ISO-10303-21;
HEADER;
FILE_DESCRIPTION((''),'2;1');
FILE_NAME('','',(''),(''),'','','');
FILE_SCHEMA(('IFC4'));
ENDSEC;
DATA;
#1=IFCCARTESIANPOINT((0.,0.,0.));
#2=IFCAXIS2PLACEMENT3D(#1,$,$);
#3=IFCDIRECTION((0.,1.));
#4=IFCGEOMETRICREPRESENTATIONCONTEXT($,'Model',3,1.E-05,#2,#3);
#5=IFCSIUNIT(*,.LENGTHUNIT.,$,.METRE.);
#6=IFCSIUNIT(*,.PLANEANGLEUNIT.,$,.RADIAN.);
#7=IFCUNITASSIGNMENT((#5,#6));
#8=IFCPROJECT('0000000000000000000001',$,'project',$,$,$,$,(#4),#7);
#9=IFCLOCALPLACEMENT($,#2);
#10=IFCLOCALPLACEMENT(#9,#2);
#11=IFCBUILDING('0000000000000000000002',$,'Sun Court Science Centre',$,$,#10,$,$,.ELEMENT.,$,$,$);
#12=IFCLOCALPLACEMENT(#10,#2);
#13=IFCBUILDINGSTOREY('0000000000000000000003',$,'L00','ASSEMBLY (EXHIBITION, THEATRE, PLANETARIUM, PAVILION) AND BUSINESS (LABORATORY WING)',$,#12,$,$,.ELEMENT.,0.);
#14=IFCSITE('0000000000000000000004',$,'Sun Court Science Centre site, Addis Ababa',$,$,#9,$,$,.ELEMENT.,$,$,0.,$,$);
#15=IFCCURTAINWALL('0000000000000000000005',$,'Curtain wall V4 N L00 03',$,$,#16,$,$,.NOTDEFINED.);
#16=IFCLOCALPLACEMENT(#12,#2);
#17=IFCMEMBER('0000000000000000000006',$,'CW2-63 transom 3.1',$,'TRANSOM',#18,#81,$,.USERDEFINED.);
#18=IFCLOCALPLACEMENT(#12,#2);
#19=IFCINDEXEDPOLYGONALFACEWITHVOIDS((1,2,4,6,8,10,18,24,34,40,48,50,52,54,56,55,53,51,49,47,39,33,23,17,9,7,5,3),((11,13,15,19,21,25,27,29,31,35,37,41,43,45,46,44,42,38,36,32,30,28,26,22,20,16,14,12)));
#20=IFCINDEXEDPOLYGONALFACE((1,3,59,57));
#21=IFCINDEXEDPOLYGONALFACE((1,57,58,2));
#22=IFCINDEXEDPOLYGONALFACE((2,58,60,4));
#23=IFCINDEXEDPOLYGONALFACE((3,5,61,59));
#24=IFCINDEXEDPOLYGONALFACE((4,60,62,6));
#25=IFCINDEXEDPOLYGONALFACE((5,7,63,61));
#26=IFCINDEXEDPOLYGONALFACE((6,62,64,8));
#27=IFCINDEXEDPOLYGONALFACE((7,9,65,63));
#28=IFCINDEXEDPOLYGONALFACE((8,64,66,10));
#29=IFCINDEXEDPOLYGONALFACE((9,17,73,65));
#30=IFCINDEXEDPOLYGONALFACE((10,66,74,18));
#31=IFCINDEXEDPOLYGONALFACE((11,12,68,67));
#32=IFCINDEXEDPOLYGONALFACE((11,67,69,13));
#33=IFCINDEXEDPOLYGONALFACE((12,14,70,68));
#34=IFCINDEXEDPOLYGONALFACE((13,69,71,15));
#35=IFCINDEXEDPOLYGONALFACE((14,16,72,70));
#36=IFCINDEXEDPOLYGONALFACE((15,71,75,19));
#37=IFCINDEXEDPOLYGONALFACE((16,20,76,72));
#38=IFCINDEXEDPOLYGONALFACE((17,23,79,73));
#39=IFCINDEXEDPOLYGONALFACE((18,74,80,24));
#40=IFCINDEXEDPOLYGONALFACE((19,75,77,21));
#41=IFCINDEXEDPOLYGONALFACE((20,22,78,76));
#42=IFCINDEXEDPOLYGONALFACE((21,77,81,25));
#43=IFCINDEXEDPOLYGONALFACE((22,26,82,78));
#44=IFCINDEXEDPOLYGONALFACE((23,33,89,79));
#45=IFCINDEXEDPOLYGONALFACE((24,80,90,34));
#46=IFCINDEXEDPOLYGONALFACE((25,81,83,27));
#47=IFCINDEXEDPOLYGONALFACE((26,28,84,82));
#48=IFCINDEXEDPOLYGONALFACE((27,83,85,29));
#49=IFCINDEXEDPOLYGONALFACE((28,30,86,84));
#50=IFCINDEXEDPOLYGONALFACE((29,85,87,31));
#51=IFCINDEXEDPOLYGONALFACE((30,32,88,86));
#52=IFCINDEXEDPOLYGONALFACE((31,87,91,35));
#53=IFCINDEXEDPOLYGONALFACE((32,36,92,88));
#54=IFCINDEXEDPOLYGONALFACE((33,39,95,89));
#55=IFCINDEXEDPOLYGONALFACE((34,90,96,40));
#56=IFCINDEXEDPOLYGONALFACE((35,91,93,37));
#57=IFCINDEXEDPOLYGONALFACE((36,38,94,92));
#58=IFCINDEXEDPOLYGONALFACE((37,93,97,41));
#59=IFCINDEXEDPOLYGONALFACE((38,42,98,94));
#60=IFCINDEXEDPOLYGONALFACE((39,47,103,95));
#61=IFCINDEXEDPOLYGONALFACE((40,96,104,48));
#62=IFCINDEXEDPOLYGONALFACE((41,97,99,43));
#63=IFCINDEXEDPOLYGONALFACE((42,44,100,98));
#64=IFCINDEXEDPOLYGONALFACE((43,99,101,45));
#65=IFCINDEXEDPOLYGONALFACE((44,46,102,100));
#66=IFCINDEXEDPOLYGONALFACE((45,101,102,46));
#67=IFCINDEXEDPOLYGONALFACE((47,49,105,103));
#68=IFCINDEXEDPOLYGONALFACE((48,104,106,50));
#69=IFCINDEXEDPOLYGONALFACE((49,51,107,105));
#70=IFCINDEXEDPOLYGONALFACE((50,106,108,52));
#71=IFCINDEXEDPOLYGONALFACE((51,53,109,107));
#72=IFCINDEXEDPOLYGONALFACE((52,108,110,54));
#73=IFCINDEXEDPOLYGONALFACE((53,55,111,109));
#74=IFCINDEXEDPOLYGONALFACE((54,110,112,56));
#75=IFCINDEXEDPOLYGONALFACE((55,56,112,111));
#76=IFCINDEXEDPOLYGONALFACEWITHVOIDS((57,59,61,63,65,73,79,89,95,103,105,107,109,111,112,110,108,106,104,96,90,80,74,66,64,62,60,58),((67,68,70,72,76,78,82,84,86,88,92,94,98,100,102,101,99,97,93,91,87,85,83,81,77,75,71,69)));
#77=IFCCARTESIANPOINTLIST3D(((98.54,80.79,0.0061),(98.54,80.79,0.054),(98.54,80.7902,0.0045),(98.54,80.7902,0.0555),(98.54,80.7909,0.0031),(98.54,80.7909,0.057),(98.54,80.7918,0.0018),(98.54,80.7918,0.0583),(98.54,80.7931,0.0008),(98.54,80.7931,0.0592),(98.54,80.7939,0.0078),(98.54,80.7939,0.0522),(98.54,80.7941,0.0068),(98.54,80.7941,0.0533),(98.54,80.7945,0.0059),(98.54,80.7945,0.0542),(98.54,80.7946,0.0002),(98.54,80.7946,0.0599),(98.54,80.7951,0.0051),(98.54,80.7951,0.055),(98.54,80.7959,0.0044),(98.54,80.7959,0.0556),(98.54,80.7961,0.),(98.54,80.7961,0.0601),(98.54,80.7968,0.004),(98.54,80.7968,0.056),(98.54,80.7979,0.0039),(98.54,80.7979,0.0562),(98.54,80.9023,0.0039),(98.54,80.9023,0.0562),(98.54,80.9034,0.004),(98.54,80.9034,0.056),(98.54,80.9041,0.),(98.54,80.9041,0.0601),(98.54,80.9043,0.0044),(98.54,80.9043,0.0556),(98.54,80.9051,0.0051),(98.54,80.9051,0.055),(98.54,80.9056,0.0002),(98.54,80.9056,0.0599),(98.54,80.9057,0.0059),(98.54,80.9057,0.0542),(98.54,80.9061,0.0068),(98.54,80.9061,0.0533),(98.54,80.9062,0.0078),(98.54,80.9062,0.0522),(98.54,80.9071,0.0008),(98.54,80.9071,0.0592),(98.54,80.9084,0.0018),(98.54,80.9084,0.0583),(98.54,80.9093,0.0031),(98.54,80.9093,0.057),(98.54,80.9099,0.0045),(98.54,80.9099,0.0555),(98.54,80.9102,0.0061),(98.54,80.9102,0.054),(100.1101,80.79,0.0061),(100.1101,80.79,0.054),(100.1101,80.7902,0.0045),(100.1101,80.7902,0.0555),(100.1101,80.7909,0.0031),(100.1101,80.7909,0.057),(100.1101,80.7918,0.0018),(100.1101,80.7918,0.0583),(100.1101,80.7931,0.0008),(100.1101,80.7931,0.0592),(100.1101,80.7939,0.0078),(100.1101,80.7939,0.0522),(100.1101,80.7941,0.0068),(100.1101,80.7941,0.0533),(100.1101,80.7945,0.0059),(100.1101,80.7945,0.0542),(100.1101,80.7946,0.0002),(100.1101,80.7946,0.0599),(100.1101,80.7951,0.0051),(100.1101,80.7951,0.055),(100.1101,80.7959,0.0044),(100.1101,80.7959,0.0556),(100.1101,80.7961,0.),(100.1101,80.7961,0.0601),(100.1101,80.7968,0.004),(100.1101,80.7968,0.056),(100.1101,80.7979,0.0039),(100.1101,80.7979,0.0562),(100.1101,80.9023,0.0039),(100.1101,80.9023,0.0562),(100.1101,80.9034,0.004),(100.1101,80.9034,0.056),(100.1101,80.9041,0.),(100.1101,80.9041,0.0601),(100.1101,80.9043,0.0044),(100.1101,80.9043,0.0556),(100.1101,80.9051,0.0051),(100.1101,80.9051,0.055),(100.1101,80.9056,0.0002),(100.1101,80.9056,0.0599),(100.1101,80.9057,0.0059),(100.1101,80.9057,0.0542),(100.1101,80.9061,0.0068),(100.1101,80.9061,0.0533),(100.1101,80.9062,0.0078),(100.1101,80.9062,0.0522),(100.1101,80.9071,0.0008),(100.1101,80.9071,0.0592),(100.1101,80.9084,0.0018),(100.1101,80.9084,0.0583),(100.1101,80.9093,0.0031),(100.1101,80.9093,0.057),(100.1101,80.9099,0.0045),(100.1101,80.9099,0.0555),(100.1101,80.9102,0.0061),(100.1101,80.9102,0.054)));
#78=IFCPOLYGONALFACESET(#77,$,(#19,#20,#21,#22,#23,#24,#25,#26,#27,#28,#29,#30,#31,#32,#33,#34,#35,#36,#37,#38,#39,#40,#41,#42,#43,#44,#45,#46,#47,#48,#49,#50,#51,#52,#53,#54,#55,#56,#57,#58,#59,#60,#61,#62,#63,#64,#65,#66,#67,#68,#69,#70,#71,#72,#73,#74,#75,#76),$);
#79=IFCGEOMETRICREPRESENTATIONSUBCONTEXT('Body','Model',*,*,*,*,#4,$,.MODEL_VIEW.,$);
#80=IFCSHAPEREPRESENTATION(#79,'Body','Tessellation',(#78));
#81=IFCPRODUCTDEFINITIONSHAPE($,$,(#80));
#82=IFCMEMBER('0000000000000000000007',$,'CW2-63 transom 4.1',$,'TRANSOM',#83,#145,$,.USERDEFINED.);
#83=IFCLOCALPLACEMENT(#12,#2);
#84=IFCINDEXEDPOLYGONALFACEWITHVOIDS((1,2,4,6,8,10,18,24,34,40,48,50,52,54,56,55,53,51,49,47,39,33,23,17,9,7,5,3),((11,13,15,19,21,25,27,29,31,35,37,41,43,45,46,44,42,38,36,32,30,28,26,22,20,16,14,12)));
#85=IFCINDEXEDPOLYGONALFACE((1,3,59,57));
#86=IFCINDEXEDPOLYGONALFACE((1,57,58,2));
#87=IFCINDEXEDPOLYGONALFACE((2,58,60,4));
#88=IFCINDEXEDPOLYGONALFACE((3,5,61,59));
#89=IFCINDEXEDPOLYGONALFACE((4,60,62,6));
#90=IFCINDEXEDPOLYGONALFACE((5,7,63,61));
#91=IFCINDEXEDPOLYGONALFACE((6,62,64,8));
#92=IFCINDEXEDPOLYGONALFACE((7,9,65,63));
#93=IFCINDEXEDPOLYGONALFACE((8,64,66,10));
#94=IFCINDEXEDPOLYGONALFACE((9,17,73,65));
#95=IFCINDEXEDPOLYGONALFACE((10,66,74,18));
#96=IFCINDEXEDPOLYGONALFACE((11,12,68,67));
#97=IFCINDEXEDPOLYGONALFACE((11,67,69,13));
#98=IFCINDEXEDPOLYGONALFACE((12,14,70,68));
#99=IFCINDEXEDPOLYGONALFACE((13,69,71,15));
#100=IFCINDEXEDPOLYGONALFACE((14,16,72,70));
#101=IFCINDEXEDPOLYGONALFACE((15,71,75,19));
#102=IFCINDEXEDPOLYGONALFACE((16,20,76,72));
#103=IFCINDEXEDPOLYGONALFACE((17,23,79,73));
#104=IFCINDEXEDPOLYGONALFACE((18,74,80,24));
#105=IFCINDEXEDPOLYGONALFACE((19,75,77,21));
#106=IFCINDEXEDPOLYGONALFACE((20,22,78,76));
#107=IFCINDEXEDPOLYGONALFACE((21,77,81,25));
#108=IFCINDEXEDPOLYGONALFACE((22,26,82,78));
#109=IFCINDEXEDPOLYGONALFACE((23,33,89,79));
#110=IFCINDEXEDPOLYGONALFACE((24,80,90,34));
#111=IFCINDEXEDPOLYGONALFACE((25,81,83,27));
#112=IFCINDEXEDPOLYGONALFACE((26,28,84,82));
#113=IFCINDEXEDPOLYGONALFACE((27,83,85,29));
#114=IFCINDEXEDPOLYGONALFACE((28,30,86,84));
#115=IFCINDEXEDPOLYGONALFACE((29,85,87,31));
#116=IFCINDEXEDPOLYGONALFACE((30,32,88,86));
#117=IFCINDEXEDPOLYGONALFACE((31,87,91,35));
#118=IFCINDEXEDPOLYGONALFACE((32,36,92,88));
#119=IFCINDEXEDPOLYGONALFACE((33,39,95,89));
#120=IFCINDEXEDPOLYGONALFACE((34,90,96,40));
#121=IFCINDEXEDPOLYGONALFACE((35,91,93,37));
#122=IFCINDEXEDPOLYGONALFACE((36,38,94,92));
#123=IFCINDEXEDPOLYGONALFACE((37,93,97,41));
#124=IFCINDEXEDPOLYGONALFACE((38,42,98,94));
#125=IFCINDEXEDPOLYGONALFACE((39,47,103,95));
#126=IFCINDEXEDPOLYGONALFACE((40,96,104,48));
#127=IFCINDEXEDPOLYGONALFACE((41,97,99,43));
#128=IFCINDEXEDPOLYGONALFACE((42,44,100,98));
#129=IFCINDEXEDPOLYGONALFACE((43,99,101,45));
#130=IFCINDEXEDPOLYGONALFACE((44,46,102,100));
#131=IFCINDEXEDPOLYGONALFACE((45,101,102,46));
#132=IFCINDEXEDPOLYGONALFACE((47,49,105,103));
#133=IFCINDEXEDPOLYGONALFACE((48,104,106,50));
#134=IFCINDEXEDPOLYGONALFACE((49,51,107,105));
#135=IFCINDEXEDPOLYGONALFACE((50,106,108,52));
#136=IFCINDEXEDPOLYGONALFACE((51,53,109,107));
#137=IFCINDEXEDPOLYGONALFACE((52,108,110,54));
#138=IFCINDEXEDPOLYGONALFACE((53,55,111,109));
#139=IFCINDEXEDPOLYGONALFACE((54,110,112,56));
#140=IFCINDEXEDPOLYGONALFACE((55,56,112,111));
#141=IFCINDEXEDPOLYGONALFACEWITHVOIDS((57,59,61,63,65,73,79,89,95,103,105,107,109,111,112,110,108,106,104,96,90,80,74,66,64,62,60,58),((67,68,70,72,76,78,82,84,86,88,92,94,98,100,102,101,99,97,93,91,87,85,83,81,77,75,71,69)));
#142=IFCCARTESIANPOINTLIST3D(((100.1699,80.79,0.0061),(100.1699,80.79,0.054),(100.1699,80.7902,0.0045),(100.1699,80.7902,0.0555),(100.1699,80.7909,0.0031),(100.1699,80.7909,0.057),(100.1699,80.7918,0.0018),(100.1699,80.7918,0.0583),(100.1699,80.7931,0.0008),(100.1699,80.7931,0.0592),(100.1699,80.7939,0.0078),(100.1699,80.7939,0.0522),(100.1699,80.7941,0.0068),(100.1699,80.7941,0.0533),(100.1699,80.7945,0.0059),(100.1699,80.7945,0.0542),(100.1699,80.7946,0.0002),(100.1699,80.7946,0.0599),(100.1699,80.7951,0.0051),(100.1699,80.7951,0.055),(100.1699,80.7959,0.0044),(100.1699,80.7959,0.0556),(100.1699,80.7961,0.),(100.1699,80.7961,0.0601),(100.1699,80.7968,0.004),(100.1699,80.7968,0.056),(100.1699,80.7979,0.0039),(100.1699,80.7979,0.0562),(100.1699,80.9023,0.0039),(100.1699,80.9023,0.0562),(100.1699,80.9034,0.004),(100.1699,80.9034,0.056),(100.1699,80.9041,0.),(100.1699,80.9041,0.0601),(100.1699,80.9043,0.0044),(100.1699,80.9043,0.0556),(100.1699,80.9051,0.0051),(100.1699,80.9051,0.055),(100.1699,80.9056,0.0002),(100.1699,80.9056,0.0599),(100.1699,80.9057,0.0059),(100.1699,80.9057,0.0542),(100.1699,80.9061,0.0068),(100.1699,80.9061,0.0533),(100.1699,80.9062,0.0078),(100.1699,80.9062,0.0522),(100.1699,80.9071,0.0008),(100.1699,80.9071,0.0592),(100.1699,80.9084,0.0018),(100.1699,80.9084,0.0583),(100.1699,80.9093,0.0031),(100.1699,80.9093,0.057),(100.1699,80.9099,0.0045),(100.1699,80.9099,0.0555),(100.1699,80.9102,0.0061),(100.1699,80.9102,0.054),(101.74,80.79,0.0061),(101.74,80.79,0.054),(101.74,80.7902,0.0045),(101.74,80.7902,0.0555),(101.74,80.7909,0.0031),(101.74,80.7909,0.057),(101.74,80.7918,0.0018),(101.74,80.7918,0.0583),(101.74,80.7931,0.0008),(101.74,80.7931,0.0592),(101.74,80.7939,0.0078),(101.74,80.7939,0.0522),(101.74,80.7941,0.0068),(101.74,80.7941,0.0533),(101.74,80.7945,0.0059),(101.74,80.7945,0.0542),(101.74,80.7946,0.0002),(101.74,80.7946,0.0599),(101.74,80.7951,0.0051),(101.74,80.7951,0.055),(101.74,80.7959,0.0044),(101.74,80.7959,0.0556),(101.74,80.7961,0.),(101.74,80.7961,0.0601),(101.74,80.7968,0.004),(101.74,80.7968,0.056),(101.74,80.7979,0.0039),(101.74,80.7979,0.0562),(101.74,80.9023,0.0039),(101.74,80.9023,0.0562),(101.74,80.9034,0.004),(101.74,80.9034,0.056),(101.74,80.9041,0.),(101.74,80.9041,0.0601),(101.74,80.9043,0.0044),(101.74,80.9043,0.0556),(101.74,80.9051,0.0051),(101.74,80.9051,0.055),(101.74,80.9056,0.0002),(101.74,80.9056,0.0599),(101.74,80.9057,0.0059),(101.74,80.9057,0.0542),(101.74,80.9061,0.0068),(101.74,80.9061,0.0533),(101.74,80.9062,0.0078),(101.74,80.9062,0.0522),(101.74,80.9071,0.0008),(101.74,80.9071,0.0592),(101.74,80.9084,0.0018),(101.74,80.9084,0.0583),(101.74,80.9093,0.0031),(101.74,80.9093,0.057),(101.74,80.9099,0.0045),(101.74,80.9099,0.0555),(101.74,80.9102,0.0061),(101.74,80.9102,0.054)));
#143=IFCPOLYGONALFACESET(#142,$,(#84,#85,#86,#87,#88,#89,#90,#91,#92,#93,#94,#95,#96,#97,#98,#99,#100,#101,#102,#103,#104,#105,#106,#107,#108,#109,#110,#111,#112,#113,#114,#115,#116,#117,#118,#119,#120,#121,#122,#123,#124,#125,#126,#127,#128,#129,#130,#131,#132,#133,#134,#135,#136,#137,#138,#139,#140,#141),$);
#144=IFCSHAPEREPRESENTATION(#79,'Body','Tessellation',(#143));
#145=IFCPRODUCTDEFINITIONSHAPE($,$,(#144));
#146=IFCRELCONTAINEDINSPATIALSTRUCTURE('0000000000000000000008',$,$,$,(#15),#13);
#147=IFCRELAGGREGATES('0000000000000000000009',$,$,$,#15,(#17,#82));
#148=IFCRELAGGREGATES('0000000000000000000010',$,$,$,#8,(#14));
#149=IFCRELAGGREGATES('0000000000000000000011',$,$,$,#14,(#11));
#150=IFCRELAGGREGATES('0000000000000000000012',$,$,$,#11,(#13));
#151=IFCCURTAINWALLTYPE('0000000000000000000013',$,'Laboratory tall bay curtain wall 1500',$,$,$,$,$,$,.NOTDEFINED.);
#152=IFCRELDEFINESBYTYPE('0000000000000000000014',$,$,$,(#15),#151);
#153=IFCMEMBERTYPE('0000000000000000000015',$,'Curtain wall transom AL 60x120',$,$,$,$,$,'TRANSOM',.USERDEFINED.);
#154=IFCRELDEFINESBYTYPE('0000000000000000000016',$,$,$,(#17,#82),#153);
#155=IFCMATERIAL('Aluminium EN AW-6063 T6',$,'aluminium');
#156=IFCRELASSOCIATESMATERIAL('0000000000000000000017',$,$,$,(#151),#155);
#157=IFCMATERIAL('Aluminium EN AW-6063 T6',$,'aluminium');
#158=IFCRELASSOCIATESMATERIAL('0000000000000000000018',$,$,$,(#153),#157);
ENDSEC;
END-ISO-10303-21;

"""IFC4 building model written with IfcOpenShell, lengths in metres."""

from ifc_helpers import new_model, si_unit, direction, frame, origin, origin_2d, place, context, subcontext, project, spatial, hollow_rectangle, extrude, material, material_profile, profile_set, type_object, element, aggregate, save


model = new_model("IFC4")

# Units and contexts
model_context = context("Model", 3, precision=1e-05, world=origin(), true_north=direction((0.0, 1.0)))
body_context = subcontext(model_context, "Body", "Model", "MODEL_VIEW")
ifc_project = project(units=[si_unit("LENGTHUNIT", "METRE"), si_unit("PLANEANGLEUNIT", "RADIAN")], contexts=[model_context])

# Site, building, storey
site_placement = place(None, origin())
site = spatial("IfcSite", under=ifc_project, at=site_placement, Name="Sun Court Science Centre site, Addis Ababa", CompositionType="ELEMENT", RefElevation=0.0)
building_placement = place(site_placement, origin())
building = spatial("IfcBuilding", under=site, at=building_placement, Name="Sun Court Science Centre", CompositionType="ELEMENT")
storey_placement = place(building_placement, origin())
storey = spatial("IfcBuildingStorey", under=building, at=storey_placement, Name="L00", Description="ASSEMBLY (EXHIBITION, THEATRE, PLANETARIUM, PAVILION) AND BUSINESS (LABORATORY WING)", CompositionType="ELEMENT", Elevation=0.0)

# Curtain wall, members
ifc_material_1 = material(Name="Aluminium EN AW-6063 T6", Category="aluminium")
curtain_wall_type = type_object("IfcCurtainWallType", Name="Laboratory tall bay curtain wall 1500", PredefinedType="NOTDEFINED", material=ifc_material_1)
curtain_wall_placement = place(storey_placement, origin())
curtain_wall = element("IfcCurtainWall", 1, at=curtain_wall_placement, inside=storey, type_object=curtain_wall_type, Name="Curtain wall V4 N L00 03", PredefinedType="NOTDEFINED")
ifc_material_2 = material(Name="Aluminium EN AW-6063 T6", Category="aluminium")
ifc_material_profile_1 = material_profile(ifc_material_2, hollow_rectangle(XDim=0.0601, YDim=0.1201, WallThickness=0.0039, InnerFilletRadius=0.0039, OuterFilletRadius=0.0061, at=origin_2d()), Name="AL 60x120x4")
ifc_profile_set_1 = profile_set([ifc_material_profile_1], Name="Aluminium EN AW-6063 T6")
member_type_1 = type_object("IfcMemberType", Name="Curtain wall transom AL 60x120", ElementType="TRANSOM", PredefinedType="USERDEFINED", material=ifc_profile_set_1)
member_1_placement = place(storey_placement, frame((98.54, 80.8501, 0.03), z_axis=(1.0, 0.0, 0.0), x_axis=(0.0, 0.0, 1.0)))
member_1 = element("IfcMember", 2, at=member_1_placement, type_object=member_type_1, Name="CW2-63 transom 3.1", ObjectType="TRANSOM", PredefinedType="USERDEFINED", context=body_context, shape_type="SweptSolid", body=[
    extrude(hollow_rectangle(XDim=0.0601, YDim=0.1201, WallThickness=0.0039, InnerFilletRadius=0.0039, OuterFilletRadius=0.0061, at=origin_2d()), origin(), (0.0, 0.0, 1.0), 1.5701),
])
member_2_placement = place(storey_placement, frame((100.1699, 80.8501, 0.03), z_axis=(1.0, 0.0, 0.0), x_axis=(0.0, 0.0, 1.0)))
member_2 = element("IfcMember", 3, at=member_2_placement, type_object=member_type_1, Name="CW2-63 transom 4.1", ObjectType="TRANSOM", PredefinedType="USERDEFINED", context=body_context, shape_type="SweptSolid", body=[
    extrude(hollow_rectangle(XDim=0.0601, YDim=0.1201, WallThickness=0.0039, InnerFilletRadius=0.0039, OuterFilletRadius=0.0061, at=origin_2d()), origin(), (0.0, 0.0, 1.0), 1.5701),
])
aggregate(curtain_wall, [member_1, member_2])

save(model, "model.ifc")
